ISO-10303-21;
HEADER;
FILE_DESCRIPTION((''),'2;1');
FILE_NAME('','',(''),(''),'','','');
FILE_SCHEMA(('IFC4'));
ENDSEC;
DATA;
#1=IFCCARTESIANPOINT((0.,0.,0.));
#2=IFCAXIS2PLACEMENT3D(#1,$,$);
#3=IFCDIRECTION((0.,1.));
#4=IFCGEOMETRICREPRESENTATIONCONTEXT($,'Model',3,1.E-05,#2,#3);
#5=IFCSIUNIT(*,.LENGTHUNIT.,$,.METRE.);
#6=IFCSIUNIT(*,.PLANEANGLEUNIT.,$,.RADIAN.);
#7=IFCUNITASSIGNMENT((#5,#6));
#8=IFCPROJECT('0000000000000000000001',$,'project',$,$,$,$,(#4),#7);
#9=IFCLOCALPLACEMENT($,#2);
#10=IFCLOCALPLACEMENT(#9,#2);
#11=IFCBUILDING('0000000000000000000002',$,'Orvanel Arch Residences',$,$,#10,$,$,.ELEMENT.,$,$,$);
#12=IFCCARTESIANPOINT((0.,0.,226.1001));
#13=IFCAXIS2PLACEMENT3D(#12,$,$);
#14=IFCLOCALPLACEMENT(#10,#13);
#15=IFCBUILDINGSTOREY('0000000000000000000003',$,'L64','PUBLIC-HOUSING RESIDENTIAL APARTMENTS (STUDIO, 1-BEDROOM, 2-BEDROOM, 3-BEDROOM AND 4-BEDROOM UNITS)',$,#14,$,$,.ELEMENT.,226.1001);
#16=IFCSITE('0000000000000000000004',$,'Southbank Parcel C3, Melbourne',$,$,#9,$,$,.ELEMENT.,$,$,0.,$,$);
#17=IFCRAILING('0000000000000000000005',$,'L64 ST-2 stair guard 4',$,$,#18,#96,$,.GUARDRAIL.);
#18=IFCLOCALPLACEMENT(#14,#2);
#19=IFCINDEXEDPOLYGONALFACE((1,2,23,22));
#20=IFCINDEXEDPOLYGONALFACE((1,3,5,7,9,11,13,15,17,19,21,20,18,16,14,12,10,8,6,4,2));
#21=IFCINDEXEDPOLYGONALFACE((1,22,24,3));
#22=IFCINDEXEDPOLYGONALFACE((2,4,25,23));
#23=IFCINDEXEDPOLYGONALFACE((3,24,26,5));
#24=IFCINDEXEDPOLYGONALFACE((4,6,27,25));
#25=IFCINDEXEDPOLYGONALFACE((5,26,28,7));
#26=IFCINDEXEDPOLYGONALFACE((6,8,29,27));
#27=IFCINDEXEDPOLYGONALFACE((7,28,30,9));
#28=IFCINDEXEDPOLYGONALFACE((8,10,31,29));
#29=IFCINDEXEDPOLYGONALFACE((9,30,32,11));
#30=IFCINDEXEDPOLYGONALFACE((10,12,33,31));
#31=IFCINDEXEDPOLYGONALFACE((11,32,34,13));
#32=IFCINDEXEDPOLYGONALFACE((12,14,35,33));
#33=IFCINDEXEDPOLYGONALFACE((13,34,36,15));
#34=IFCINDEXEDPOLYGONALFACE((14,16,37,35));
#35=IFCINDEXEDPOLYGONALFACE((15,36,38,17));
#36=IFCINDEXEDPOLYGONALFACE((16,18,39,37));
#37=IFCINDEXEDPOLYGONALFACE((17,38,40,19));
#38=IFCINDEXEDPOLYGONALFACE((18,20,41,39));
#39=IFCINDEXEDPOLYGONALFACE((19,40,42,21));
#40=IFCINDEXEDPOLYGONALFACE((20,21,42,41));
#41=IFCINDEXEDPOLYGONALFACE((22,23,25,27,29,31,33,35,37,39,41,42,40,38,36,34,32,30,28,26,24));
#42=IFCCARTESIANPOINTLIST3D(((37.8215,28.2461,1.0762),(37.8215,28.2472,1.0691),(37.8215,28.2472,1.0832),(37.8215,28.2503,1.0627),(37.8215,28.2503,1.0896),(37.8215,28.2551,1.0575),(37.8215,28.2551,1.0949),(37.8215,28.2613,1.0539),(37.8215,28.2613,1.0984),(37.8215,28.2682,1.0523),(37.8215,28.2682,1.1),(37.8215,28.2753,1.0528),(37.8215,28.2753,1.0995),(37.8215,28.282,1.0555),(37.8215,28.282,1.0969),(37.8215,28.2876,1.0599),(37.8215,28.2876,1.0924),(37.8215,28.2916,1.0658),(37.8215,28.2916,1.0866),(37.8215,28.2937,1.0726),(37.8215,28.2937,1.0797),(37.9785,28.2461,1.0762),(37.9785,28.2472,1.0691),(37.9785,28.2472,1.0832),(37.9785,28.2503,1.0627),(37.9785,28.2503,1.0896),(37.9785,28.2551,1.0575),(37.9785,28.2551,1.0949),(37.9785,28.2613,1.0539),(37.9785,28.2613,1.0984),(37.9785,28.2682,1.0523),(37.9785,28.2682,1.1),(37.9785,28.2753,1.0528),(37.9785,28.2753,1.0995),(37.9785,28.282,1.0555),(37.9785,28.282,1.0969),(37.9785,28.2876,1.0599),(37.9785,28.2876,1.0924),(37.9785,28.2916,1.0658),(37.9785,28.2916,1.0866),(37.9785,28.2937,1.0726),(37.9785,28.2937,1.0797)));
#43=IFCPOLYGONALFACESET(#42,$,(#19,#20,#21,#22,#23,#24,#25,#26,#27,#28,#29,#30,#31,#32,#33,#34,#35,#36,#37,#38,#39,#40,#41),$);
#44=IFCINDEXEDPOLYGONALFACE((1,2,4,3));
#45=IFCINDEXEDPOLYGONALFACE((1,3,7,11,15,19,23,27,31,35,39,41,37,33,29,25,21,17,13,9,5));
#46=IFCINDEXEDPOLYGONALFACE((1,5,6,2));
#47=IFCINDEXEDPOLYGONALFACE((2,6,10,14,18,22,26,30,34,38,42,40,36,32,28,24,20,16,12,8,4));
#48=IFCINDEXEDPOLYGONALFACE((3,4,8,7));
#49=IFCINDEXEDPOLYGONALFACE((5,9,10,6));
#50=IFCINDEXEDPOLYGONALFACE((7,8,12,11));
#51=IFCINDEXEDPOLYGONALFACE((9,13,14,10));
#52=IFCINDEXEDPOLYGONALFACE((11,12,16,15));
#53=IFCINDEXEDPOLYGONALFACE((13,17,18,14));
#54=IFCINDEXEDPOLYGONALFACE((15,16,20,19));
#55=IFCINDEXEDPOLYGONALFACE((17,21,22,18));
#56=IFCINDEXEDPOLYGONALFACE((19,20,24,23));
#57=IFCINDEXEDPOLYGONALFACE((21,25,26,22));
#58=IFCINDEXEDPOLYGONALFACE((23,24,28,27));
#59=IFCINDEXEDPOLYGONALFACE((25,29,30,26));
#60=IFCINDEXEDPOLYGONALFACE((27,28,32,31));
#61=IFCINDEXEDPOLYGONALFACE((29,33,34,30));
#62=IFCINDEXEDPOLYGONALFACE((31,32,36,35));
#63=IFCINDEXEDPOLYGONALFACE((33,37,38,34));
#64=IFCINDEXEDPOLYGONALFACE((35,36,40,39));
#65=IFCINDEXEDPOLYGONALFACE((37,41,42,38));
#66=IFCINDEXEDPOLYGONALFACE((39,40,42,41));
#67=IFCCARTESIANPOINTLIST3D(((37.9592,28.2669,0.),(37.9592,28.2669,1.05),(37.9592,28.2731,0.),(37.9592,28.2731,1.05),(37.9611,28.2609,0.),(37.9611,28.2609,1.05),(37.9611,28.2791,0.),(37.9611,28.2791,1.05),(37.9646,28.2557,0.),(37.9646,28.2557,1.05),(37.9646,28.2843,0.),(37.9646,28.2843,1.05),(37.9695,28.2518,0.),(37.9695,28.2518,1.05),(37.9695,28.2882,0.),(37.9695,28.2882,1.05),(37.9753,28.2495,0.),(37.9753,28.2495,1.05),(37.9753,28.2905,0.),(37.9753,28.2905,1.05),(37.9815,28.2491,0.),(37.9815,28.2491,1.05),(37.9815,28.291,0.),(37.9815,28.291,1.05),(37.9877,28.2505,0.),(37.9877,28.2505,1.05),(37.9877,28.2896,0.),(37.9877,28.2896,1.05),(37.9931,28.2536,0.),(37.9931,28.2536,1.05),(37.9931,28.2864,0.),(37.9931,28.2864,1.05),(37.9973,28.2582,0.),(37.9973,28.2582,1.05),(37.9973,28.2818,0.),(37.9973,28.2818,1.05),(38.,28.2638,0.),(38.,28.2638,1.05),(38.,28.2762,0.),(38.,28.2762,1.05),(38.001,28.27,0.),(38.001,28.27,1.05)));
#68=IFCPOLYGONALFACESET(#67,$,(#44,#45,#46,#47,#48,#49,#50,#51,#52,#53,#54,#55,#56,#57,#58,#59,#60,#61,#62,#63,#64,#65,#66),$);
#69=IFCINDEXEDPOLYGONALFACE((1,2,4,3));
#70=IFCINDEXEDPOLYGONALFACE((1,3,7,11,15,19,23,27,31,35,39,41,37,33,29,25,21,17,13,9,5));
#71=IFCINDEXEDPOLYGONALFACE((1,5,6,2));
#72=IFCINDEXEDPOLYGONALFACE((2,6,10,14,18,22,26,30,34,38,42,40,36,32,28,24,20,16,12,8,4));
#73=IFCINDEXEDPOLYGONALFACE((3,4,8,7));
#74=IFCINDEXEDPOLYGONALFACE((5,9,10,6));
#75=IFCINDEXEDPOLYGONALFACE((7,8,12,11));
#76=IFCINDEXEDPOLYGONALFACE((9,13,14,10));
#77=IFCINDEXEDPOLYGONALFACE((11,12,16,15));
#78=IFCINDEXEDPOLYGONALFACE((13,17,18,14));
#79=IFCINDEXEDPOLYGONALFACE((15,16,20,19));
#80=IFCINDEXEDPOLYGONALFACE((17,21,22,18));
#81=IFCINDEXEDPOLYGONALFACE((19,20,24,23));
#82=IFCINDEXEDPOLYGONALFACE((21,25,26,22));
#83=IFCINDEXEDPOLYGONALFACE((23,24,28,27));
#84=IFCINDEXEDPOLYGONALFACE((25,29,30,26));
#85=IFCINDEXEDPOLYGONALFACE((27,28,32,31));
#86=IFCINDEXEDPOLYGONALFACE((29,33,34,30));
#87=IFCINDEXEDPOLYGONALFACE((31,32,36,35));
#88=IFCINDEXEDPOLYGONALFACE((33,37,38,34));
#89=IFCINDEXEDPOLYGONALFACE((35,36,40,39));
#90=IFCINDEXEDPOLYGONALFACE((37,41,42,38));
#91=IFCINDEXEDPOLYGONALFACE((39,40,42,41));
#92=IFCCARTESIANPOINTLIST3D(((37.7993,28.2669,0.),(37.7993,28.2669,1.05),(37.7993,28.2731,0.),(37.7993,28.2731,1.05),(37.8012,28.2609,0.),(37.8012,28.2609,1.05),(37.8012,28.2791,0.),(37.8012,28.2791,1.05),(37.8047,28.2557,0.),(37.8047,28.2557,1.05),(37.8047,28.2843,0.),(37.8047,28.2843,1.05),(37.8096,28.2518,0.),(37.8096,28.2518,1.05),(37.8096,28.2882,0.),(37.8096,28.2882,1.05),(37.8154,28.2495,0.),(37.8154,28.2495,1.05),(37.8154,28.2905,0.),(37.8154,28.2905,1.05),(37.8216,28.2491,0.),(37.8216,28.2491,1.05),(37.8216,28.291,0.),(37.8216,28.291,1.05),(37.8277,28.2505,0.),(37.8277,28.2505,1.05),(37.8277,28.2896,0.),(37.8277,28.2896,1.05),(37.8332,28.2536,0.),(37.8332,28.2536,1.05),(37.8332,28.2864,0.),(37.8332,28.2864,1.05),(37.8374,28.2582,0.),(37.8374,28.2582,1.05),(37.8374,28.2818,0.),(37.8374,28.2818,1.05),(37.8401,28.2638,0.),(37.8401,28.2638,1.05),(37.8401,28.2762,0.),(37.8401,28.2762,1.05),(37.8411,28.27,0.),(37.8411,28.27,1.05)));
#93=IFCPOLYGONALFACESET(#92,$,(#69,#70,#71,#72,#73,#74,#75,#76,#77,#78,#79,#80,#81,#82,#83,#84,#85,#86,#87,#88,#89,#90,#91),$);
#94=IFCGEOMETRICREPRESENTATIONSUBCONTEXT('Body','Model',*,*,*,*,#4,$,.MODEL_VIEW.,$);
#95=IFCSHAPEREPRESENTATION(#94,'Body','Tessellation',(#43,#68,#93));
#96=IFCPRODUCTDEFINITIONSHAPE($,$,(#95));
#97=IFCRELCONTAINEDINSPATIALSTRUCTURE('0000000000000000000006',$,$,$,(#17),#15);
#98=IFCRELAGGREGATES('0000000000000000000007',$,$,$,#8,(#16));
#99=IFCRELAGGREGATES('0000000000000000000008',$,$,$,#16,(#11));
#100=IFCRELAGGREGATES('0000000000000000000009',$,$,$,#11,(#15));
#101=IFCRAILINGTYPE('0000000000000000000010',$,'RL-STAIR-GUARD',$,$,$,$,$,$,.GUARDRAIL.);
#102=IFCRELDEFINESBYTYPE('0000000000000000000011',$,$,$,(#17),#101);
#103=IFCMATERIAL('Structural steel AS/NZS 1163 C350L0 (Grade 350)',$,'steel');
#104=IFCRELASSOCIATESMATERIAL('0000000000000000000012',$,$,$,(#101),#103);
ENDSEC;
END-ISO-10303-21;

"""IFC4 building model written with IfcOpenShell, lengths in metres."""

from ifc_helpers import new_model, si_unit, direction, frame, origin, origin_2d, place, context, subcontext, project, spatial, circle, extrude, material, type_object, element, save


model = new_model("IFC4")

# Units and contexts
model_context = context("Model", 3, precision=1e-05, world=origin(), true_north=direction((0.0, 1.0)))
body_context = subcontext(model_context, "Body", "Model", "MODEL_VIEW")
ifc_project = project(units=[si_unit("LENGTHUNIT", "METRE"), si_unit("PLANEANGLEUNIT", "RADIAN")], contexts=[model_context])

# Site, building, storey
site_placement = place(None, origin())
site = spatial("IfcSite", under=ifc_project, at=site_placement, Name="Southbank Parcel C3, Melbourne", CompositionType="ELEMENT", RefElevation=0.0)
building_placement = place(site_placement, origin())
building = spatial("IfcBuilding", under=site, at=building_placement, Name="Orvanel Arch Residences", CompositionType="ELEMENT")
storey_placement = place(building_placement, frame((0.0, 0.0, 226.1001)))
storey = spatial("IfcBuildingStorey", under=building, at=storey_placement, Name="L64", Description="PUBLIC-HOUSING RESIDENTIAL APARTMENTS (STUDIO, 1-BEDROOM, 2-BEDROOM, 3-BEDROOM AND 4-BEDROOM UNITS)", CompositionType="ELEMENT", Elevation=226.1001)

# Shared definitions
ifc_material_1 = material(Name="Structural steel AS/NZS 1163 C350L0 (Grade 350)", Category="steel")

# Railing
railing_type_1 = type_object("IfcRailingType", Name="RL-STAIR-GUARD", PredefinedType="GUARDRAIL", material=ifc_material_1)
railing_1_placement = place(storey_placement, frame((37.98, 28.27, 0.0)))
element("IfcRailing", 1, at=railing_1_placement, inside=storey, type_object=railing_type_1, Name="L64 ST-2 stair guard 4", PredefinedType="GUARDRAIL", context=body_context, shape_type="SweptSolid", body=[
    extrude(circle(Radius=0.0239, at=origin_2d()), frame((-0.0015, 0.0, 1.0762), z_axis=(-1.0, 0.0, 0.0), x_axis=(0.0, -1.0, 0.0)), (0.0, 0.0, 1.0), 0.157),
    extrude(circle(Radius=0.021, at=origin_2d()), origin(), (0.0, 0.0, 1.0), 1.05),
    extrude(circle(Radius=0.021, at=origin_2d()), frame((-0.1599, 0.0, 0.0)), (0.0, 0.0, 1.0), 1.05),
])

save(model, "model.ifc")
